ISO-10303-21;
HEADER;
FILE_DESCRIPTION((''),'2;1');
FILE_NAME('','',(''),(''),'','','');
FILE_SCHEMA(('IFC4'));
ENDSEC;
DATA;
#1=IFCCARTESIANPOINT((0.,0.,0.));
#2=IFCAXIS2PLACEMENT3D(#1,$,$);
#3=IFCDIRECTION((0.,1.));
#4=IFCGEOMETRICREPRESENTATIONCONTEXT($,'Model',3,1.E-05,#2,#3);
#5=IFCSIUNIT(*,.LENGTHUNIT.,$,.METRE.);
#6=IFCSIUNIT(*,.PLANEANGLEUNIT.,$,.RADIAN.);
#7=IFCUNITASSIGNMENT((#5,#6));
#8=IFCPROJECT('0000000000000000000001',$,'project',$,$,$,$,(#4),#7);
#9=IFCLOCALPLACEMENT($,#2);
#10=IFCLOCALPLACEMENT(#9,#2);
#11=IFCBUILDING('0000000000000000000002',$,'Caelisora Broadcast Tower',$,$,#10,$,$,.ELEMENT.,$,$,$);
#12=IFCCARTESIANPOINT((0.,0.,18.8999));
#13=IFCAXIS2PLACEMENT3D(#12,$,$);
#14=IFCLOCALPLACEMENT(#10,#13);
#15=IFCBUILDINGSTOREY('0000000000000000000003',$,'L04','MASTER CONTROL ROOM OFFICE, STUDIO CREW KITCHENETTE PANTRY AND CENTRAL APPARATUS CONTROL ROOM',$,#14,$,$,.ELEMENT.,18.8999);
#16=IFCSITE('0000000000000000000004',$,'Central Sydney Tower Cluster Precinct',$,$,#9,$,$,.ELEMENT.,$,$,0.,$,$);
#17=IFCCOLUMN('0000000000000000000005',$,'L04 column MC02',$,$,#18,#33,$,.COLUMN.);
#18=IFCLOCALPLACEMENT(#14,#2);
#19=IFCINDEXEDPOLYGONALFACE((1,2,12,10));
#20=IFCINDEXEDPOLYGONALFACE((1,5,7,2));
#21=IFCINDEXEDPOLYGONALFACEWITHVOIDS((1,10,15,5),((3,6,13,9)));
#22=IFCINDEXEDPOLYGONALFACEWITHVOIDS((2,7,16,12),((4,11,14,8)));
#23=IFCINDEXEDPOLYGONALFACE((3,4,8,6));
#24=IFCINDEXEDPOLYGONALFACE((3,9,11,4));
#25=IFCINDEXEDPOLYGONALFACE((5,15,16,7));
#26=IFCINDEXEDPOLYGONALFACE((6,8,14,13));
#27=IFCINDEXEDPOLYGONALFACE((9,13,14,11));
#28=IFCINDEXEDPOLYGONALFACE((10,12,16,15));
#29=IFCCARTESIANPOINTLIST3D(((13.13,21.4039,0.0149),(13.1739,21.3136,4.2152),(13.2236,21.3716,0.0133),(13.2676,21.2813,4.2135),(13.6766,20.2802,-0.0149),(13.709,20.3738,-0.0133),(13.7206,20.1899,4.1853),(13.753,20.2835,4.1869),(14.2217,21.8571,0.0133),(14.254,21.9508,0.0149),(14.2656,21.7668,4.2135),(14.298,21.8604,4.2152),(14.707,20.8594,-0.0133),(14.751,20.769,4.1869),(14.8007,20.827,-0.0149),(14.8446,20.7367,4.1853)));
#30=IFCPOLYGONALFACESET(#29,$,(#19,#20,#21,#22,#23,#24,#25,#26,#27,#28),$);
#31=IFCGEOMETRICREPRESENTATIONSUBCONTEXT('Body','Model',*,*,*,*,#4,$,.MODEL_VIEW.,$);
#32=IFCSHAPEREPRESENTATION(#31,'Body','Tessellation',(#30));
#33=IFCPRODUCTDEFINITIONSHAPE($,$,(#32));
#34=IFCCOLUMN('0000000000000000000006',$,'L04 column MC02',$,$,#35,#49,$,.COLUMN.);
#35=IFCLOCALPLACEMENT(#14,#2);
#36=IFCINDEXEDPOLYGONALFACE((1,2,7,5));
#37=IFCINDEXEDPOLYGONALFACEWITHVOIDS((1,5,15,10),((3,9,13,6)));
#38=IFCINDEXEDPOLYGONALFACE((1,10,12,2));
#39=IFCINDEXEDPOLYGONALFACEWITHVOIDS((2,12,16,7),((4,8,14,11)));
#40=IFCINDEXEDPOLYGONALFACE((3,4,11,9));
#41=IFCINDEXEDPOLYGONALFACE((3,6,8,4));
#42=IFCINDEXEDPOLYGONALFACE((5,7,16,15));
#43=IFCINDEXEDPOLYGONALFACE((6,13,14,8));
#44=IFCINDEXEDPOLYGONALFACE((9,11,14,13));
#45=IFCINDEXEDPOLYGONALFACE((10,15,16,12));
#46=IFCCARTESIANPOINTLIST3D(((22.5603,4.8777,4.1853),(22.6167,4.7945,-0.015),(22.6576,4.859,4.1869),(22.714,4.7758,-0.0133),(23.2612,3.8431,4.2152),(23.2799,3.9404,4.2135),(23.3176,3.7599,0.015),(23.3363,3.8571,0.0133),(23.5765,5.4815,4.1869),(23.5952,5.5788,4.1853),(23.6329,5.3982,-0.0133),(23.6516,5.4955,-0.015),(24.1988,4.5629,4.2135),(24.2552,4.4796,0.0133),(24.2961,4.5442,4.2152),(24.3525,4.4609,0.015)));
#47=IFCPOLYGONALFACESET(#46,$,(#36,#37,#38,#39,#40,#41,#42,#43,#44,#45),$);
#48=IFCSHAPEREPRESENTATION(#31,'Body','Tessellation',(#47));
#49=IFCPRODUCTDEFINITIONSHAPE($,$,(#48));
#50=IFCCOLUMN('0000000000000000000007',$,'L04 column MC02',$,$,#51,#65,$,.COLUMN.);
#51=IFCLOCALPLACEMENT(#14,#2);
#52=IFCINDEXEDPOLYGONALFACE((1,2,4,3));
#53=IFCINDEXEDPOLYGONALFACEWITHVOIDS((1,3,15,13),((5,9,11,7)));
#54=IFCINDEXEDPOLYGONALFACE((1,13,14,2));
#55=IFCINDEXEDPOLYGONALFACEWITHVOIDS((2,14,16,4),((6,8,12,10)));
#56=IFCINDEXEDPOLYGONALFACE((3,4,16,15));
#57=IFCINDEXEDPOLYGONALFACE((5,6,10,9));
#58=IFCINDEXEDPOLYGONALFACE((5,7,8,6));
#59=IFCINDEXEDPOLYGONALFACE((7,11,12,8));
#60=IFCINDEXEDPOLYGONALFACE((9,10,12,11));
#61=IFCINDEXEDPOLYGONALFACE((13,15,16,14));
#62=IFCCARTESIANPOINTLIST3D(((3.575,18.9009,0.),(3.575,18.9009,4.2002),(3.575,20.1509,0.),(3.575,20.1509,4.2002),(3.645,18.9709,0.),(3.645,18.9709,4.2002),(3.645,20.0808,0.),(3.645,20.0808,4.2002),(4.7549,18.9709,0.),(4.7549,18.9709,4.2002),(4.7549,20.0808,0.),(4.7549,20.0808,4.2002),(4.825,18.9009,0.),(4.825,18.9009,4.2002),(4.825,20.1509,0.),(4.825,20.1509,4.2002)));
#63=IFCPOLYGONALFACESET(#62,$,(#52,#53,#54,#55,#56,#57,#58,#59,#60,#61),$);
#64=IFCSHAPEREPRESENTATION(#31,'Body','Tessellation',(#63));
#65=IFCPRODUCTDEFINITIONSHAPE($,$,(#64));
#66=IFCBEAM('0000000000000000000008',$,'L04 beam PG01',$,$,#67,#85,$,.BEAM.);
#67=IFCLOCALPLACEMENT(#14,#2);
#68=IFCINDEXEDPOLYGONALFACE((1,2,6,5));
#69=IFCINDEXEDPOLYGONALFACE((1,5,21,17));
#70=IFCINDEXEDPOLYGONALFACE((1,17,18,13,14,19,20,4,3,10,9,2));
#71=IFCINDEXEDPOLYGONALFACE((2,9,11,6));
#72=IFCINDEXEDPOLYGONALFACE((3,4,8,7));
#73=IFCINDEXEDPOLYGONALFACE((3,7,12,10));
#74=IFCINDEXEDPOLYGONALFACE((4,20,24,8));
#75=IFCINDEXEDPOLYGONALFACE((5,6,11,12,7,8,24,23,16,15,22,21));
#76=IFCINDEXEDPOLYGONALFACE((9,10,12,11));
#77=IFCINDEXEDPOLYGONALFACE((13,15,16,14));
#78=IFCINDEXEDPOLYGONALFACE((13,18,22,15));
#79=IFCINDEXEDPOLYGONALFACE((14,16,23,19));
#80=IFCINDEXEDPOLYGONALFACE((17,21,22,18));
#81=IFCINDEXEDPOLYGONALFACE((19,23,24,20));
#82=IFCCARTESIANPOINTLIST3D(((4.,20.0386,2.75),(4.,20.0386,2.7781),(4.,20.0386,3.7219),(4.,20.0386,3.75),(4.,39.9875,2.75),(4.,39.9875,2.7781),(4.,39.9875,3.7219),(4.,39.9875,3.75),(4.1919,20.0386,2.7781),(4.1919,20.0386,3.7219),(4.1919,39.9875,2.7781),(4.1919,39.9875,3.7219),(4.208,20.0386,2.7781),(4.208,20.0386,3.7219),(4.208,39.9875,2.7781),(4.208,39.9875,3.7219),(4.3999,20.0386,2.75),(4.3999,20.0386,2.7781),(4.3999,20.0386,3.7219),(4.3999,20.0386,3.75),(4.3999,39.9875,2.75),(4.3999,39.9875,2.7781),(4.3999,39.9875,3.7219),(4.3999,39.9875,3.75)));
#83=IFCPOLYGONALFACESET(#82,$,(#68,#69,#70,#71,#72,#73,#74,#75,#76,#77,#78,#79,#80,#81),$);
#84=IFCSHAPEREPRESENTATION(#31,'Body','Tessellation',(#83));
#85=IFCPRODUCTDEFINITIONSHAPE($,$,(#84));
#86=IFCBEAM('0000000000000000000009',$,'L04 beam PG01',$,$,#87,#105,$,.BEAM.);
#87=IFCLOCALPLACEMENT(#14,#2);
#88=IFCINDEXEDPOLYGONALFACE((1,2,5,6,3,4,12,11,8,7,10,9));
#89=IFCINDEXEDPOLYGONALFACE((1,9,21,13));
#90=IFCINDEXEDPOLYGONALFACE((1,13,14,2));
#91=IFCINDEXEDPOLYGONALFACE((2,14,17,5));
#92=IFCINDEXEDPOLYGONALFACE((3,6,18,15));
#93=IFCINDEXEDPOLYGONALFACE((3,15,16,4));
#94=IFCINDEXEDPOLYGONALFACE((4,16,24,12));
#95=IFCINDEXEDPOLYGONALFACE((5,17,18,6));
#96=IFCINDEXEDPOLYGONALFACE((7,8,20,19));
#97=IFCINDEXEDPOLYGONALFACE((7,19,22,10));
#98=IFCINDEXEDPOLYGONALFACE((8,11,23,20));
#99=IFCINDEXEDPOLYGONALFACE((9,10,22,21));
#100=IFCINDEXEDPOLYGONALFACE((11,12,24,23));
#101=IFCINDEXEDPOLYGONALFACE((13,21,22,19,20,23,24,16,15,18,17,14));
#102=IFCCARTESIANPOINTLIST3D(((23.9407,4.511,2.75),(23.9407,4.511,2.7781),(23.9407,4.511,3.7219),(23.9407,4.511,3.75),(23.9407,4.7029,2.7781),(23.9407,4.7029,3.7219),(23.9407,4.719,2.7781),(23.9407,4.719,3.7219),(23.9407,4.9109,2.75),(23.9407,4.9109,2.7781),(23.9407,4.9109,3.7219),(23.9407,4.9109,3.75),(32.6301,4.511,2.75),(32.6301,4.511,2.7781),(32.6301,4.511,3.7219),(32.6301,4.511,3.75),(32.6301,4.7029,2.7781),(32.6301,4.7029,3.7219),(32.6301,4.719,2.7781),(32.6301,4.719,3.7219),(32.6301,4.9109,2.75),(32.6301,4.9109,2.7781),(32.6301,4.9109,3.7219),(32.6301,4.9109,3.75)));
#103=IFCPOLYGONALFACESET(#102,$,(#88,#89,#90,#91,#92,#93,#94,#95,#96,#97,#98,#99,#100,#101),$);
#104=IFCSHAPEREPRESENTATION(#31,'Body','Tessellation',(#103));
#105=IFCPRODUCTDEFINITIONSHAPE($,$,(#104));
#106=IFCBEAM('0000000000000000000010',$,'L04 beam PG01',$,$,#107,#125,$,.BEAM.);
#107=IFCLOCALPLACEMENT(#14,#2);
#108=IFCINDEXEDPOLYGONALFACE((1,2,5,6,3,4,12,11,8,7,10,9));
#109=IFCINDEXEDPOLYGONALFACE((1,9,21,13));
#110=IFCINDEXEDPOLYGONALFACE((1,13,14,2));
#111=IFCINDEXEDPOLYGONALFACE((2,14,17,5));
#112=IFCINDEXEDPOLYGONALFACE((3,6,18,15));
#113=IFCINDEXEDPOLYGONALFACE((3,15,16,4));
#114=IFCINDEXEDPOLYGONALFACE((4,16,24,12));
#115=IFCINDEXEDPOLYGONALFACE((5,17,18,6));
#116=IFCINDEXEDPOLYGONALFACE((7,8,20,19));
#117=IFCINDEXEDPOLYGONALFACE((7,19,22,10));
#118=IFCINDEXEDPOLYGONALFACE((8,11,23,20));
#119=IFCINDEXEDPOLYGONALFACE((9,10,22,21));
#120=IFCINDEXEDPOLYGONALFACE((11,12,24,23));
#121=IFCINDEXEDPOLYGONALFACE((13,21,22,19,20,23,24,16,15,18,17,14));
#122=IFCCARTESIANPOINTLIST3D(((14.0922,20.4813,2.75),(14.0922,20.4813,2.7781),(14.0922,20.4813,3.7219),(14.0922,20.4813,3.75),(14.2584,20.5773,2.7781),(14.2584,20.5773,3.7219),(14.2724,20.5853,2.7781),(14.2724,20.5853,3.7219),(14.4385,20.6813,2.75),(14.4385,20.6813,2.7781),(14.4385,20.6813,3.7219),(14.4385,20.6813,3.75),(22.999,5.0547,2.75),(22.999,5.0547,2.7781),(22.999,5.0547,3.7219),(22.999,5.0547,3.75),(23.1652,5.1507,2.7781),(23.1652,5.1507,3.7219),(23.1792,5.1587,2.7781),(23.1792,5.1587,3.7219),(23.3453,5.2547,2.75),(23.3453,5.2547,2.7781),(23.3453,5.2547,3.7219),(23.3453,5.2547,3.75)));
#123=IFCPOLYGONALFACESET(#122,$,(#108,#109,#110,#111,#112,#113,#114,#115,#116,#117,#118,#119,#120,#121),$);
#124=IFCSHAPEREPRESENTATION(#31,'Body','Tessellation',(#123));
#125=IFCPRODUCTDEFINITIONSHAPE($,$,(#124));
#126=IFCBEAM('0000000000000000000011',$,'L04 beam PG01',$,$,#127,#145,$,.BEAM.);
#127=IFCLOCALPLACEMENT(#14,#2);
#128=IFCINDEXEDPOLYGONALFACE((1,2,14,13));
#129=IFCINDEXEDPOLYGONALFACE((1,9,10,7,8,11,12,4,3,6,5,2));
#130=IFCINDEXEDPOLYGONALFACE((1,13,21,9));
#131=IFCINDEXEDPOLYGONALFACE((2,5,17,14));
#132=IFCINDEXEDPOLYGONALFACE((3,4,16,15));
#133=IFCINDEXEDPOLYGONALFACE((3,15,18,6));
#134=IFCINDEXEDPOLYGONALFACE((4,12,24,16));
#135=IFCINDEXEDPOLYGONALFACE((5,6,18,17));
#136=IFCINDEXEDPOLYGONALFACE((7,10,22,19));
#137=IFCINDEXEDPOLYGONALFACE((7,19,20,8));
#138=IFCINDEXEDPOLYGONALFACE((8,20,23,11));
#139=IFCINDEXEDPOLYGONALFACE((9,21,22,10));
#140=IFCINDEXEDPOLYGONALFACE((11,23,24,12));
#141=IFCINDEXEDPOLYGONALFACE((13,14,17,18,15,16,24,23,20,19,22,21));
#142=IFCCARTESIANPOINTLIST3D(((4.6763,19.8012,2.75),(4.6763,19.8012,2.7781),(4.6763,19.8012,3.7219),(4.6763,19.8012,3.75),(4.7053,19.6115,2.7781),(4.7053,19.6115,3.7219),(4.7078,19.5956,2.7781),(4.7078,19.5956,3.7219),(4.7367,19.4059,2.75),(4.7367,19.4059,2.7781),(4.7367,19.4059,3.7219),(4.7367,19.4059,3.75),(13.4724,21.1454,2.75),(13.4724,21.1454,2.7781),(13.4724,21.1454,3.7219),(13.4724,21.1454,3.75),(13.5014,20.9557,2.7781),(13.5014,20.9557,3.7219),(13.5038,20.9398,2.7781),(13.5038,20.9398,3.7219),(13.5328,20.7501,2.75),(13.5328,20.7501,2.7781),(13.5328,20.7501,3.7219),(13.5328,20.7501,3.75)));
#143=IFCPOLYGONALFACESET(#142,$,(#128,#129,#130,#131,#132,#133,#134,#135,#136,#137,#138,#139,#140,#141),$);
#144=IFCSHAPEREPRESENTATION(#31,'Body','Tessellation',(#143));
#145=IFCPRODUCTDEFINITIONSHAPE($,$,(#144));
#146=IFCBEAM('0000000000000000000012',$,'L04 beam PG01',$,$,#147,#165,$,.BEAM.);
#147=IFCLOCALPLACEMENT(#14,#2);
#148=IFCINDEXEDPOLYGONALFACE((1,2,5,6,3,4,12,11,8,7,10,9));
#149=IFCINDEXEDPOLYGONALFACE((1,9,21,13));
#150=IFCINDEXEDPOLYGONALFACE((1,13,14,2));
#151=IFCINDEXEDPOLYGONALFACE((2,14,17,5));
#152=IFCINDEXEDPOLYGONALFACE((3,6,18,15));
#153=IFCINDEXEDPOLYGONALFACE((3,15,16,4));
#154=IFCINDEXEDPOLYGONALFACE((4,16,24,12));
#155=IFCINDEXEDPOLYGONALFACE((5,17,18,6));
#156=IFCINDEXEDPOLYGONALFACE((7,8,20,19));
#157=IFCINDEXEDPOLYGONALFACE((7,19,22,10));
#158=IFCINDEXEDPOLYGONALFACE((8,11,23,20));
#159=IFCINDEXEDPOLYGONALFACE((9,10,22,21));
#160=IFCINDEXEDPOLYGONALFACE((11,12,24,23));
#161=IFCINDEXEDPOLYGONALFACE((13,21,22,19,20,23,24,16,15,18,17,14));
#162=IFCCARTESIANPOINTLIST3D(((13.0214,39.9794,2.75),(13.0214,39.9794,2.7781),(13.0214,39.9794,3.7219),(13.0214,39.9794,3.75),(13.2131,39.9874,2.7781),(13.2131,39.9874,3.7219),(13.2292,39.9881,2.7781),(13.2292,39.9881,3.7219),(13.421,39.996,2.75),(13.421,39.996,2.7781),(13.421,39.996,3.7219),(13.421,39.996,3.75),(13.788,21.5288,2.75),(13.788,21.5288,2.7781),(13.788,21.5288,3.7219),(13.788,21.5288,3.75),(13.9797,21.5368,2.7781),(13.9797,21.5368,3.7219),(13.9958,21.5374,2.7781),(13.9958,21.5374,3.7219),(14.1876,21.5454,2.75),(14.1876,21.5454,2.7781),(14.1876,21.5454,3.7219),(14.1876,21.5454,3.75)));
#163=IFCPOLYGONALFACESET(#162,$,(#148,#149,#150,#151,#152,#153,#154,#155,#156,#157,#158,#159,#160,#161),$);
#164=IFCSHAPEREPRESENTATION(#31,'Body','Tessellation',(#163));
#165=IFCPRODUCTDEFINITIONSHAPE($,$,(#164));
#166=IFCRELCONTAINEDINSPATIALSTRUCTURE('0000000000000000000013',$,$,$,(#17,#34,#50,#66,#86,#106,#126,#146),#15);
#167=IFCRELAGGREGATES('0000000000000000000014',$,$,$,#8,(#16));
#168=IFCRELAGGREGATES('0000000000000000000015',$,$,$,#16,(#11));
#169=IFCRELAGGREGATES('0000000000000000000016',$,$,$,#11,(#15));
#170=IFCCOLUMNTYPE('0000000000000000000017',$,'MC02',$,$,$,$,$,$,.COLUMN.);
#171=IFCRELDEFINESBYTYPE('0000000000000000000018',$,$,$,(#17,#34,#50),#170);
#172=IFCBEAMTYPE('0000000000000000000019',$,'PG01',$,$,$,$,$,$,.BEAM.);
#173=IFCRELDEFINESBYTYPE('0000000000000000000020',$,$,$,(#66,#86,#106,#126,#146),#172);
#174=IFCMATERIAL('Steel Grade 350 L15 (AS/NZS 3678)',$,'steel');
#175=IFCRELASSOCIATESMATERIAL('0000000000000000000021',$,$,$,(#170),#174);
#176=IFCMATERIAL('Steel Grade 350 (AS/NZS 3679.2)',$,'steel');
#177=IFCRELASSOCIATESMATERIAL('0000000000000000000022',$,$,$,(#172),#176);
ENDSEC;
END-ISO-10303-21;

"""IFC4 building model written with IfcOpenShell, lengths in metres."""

from ifc_helpers import new_model, si_unit, direction, frame, origin, origin_2d, place, context, subcontext, project, spatial, hollow_rectangle, i_section, extrude, source, transform, mapped, material, material_profile, profile_set, type_object, type_shapes, element, save


model = new_model("IFC4")

# Units and contexts
model_context = context("Model", 3, precision=1e-05, world=origin(), true_north=direction((0.0, 1.0)))
body_context = subcontext(model_context, "Body", "Model", "MODEL_VIEW")
ifc_project = project(units=[si_unit("LENGTHUNIT", "METRE"), si_unit("PLANEANGLEUNIT", "RADIAN")], contexts=[model_context])

# Site, building, storey
site_placement = place(None, origin())
site = spatial("IfcSite", under=ifc_project, at=site_placement, Name="Central Sydney Tower Cluster Precinct", CompositionType="ELEMENT", RefElevation=0.0)
building_placement = place(site_placement, origin())
building = spatial("IfcBuilding", under=site, at=building_placement, Name="Caelisora Broadcast Tower", CompositionType="ELEMENT")
storey_placement = place(building_placement, frame((0.0, 0.0, 18.8999)))
storey = spatial("IfcBuildingStorey", under=building, at=storey_placement, Name="L04", Description="MASTER CONTROL ROOM OFFICE, STUDIO CREW KITCHENETTE PANTRY AND CENTRAL APPARATUS CONTROL ROOM", CompositionType="ELEMENT", Elevation=18.8999)

# Columns
ifc_material_1 = material(Name="Steel Grade 350 L15 (AS/NZS 3678)", Category="steel")
ifc_material_profile_1 = material_profile(ifc_material_1, hollow_rectangle(XDim=1.25, YDim=1.25, WallThickness=0.0701, at=origin_2d()), Name="Steel Grade 350 L15 (AS/NZS 3678)")
ifc_profile_set_1 = profile_set([ifc_material_profile_1], Name="Steel Grade 350 L15 (AS/NZS 3678)")
column_type = type_object("IfcColumnType", Name="MC02", PredefinedType="COLUMN", material=ifc_profile_set_1)
shared_shape_1 = source(origin(), body_context, "Body", "SweptSolid", [
    extrude(hollow_rectangle(XDim=1.25, YDim=1.25, WallThickness=0.0701, at=origin_2d()), origin(), (0.0, 0.0, 1.0), 4.2014),
])
for number, where, z_axis, x_axis, name in (
    (1, (13.9653, 21.1155, 0.0), (0.01046, -0.0215, 0.999714), (0.899235, 0.437466, 0.0), "L04 column MC02"),
    (2, (23.4846, 4.6277, 0.0), (-0.013423, 0.019815, 0.999714), (-0.827919, -0.560848, 0.0), "L04 column MC02"),
):
    element("IfcColumn", number, at=place(storey_placement, frame(where, z_axis=z_axis, x_axis=x_axis)), inside=storey, type_object=column_type, Name=name, PredefinedType="COLUMN", context=body_context, shape_type="MappedRepresentation", body=[
        mapped(shared_shape_1, transform((0.0, 0.0, 0.0), scale=1.0)),
    ])
shared_shape_2 = source(origin(), body_context, "Body", "SweptSolid", [
    extrude(hollow_rectangle(XDim=1.25, YDim=1.25, WallThickness=0.0701, at=origin_2d()), origin(), (0.0, 0.0, 1.0), 4.2002),
])
type_shapes(column_type, [shared_shape_1, shared_shape_2])
column_placement = place(storey_placement, frame((4.2, 19.5259, 0.0), z_axis=(0.0, 0.0, 1.0), x_axis=(1.0, 0.0, 0.0)))
element("IfcColumn", 3, at=column_placement, inside=storey, type_object=column_type, Name="L04 column MC02", PredefinedType="COLUMN", context=body_context, shape_type="MappedRepresentation", body=[
    mapped(shared_shape_2, transform((0.0, 0.0, 0.0), scale=1.0)),
])

# Beams
ifc_material_2 = material(Name="Steel Grade 350 (AS/NZS 3679.2)", Category="steel")
ifc_material_profile_2 = material_profile(ifc_material_2, i_section(OverallWidth=0.3999, OverallDepth=1.0, WebThickness=0.0161, FlangeThickness=0.0281, at=origin_2d()), Name="Steel Grade 350 (AS/NZS 3679.2)")
ifc_profile_set_2 = profile_set([ifc_material_profile_2], Name="Steel Grade 350 (AS/NZS 3679.2)")
beam_type_1 = type_object("IfcBeamType", Name="PG01", PredefinedType="BEAM", material=ifc_profile_set_2)
shared_shape_3 = source(origin(), body_context, "Body", "SweptSolid", [
    extrude(i_section(OverallWidth=0.3999, OverallDepth=1.0, WebThickness=0.0161, FlangeThickness=0.0281, at=origin_2d()), origin(), (0.0, 0.0, 1.0), 19.949),
])
beam_1_placement = place(storey_placement, frame((4.2, 20.0386, 3.25), z_axis=(0.0, 1.0, 0.0), x_axis=(-1.0, 0.0, 0.0)))
element("IfcBeam", 4, at=beam_1_placement, inside=storey, type_object=beam_type_1, Name="L04 beam PG01", PredefinedType="BEAM", context=body_context, shape_type="MappedRepresentation", body=[
    mapped(shared_shape_3, transform((0.0, 0.0, 0.0), scale=1.0)),
])
shared_shape_4 = source(origin(), body_context, "Body", "SweptSolid", [
    extrude(i_section(OverallWidth=0.3999, OverallDepth=1.0, WebThickness=0.0161, FlangeThickness=0.0281, at=origin_2d()), origin(), (0.0, 0.0, 1.0), 8.6895),
])
beam_2_placement = place(storey_placement, frame((23.9407, 4.7109, 3.25), z_axis=(1.0, 0.0, 0.0), x_axis=(0.0, 1.0, 0.0)))
element("IfcBeam", 5, at=beam_2_placement, inside=storey, type_object=beam_type_1, Name="L04 beam PG01", PredefinedType="BEAM", context=body_context, shape_type="MappedRepresentation", body=[
    mapped(shared_shape_4, transform((0.0, 0.0, 0.0), scale=1.0)),
])
shared_shape_5 = source(origin(), body_context, "Body", "SweptSolid", [
    extrude(i_section(OverallWidth=0.3999, OverallDepth=1.0, WebThickness=0.0161, FlangeThickness=0.0281, at=origin_2d()), origin(), (0.0, 0.0, 1.0), 17.8132),
])
beam_3_placement = place(storey_placement, frame((14.2654, 20.5813, 3.25), z_axis=(0.50001, -0.86602, 0.0), x_axis=(0.86602, 0.50001, 0.0)))
element("IfcBeam", 6, at=beam_3_placement, inside=storey, type_object=beam_type_1, Name="L04 beam PG01", PredefinedType="BEAM", context=body_context, shape_type="MappedRepresentation", body=[
    mapped(shared_shape_5, transform((0.0, 0.0, 0.0), scale=1.0)),
])
shared_shape_6 = source(origin(), body_context, "Body", "SweptSolid", [
    extrude(i_section(OverallWidth=0.3999, OverallDepth=1.0, WebThickness=0.0161, FlangeThickness=0.0281, at=origin_2d()), origin(), (0.0, 0.0, 1.0), 8.8982),
])
beam_4_placement = place(storey_placement, frame((4.7065, 19.6035, 3.25), z_axis=(0.988523, 0.151067, 0.0), x_axis=(-0.151067, 0.988523, 0.0)))
element("IfcBeam", 7, at=beam_4_placement, inside=storey, type_object=beam_type_1, Name="L04 beam PG01", PredefinedType="BEAM", context=body_context, shape_type="MappedRepresentation", body=[
    mapped(shared_shape_6, transform((0.0, 0.0, 0.0), scale=1.0)),
])
shared_shape_7 = source(origin(), body_context, "Body", "SweptSolid", [
    extrude(i_section(OverallWidth=0.3999, OverallDepth=1.0, WebThickness=0.0161, FlangeThickness=0.0281, at=origin_2d()), origin(), (0.0, 0.0, 1.0), 18.4666),
])
type_shapes(beam_type_1, [shared_shape_3, shared_shape_4, shared_shape_5, shared_shape_6, shared_shape_7])
beam_5_placement = place(storey_placement, frame((13.9878, 21.5371, 3.25), z_axis=(-0.041513, 0.999138, 0.0), x_axis=(-0.999138, -0.041513, 0.0)))
element("IfcBeam", 8, at=beam_5_placement, inside=storey, type_object=beam_type_1, Name="L04 beam PG01", PredefinedType="BEAM", context=body_context, shape_type="MappedRepresentation", body=[
    mapped(shared_shape_7, transform((0.0, 0.0, 0.0), scale=1.0)),
])

save(model, "model.ifc")
